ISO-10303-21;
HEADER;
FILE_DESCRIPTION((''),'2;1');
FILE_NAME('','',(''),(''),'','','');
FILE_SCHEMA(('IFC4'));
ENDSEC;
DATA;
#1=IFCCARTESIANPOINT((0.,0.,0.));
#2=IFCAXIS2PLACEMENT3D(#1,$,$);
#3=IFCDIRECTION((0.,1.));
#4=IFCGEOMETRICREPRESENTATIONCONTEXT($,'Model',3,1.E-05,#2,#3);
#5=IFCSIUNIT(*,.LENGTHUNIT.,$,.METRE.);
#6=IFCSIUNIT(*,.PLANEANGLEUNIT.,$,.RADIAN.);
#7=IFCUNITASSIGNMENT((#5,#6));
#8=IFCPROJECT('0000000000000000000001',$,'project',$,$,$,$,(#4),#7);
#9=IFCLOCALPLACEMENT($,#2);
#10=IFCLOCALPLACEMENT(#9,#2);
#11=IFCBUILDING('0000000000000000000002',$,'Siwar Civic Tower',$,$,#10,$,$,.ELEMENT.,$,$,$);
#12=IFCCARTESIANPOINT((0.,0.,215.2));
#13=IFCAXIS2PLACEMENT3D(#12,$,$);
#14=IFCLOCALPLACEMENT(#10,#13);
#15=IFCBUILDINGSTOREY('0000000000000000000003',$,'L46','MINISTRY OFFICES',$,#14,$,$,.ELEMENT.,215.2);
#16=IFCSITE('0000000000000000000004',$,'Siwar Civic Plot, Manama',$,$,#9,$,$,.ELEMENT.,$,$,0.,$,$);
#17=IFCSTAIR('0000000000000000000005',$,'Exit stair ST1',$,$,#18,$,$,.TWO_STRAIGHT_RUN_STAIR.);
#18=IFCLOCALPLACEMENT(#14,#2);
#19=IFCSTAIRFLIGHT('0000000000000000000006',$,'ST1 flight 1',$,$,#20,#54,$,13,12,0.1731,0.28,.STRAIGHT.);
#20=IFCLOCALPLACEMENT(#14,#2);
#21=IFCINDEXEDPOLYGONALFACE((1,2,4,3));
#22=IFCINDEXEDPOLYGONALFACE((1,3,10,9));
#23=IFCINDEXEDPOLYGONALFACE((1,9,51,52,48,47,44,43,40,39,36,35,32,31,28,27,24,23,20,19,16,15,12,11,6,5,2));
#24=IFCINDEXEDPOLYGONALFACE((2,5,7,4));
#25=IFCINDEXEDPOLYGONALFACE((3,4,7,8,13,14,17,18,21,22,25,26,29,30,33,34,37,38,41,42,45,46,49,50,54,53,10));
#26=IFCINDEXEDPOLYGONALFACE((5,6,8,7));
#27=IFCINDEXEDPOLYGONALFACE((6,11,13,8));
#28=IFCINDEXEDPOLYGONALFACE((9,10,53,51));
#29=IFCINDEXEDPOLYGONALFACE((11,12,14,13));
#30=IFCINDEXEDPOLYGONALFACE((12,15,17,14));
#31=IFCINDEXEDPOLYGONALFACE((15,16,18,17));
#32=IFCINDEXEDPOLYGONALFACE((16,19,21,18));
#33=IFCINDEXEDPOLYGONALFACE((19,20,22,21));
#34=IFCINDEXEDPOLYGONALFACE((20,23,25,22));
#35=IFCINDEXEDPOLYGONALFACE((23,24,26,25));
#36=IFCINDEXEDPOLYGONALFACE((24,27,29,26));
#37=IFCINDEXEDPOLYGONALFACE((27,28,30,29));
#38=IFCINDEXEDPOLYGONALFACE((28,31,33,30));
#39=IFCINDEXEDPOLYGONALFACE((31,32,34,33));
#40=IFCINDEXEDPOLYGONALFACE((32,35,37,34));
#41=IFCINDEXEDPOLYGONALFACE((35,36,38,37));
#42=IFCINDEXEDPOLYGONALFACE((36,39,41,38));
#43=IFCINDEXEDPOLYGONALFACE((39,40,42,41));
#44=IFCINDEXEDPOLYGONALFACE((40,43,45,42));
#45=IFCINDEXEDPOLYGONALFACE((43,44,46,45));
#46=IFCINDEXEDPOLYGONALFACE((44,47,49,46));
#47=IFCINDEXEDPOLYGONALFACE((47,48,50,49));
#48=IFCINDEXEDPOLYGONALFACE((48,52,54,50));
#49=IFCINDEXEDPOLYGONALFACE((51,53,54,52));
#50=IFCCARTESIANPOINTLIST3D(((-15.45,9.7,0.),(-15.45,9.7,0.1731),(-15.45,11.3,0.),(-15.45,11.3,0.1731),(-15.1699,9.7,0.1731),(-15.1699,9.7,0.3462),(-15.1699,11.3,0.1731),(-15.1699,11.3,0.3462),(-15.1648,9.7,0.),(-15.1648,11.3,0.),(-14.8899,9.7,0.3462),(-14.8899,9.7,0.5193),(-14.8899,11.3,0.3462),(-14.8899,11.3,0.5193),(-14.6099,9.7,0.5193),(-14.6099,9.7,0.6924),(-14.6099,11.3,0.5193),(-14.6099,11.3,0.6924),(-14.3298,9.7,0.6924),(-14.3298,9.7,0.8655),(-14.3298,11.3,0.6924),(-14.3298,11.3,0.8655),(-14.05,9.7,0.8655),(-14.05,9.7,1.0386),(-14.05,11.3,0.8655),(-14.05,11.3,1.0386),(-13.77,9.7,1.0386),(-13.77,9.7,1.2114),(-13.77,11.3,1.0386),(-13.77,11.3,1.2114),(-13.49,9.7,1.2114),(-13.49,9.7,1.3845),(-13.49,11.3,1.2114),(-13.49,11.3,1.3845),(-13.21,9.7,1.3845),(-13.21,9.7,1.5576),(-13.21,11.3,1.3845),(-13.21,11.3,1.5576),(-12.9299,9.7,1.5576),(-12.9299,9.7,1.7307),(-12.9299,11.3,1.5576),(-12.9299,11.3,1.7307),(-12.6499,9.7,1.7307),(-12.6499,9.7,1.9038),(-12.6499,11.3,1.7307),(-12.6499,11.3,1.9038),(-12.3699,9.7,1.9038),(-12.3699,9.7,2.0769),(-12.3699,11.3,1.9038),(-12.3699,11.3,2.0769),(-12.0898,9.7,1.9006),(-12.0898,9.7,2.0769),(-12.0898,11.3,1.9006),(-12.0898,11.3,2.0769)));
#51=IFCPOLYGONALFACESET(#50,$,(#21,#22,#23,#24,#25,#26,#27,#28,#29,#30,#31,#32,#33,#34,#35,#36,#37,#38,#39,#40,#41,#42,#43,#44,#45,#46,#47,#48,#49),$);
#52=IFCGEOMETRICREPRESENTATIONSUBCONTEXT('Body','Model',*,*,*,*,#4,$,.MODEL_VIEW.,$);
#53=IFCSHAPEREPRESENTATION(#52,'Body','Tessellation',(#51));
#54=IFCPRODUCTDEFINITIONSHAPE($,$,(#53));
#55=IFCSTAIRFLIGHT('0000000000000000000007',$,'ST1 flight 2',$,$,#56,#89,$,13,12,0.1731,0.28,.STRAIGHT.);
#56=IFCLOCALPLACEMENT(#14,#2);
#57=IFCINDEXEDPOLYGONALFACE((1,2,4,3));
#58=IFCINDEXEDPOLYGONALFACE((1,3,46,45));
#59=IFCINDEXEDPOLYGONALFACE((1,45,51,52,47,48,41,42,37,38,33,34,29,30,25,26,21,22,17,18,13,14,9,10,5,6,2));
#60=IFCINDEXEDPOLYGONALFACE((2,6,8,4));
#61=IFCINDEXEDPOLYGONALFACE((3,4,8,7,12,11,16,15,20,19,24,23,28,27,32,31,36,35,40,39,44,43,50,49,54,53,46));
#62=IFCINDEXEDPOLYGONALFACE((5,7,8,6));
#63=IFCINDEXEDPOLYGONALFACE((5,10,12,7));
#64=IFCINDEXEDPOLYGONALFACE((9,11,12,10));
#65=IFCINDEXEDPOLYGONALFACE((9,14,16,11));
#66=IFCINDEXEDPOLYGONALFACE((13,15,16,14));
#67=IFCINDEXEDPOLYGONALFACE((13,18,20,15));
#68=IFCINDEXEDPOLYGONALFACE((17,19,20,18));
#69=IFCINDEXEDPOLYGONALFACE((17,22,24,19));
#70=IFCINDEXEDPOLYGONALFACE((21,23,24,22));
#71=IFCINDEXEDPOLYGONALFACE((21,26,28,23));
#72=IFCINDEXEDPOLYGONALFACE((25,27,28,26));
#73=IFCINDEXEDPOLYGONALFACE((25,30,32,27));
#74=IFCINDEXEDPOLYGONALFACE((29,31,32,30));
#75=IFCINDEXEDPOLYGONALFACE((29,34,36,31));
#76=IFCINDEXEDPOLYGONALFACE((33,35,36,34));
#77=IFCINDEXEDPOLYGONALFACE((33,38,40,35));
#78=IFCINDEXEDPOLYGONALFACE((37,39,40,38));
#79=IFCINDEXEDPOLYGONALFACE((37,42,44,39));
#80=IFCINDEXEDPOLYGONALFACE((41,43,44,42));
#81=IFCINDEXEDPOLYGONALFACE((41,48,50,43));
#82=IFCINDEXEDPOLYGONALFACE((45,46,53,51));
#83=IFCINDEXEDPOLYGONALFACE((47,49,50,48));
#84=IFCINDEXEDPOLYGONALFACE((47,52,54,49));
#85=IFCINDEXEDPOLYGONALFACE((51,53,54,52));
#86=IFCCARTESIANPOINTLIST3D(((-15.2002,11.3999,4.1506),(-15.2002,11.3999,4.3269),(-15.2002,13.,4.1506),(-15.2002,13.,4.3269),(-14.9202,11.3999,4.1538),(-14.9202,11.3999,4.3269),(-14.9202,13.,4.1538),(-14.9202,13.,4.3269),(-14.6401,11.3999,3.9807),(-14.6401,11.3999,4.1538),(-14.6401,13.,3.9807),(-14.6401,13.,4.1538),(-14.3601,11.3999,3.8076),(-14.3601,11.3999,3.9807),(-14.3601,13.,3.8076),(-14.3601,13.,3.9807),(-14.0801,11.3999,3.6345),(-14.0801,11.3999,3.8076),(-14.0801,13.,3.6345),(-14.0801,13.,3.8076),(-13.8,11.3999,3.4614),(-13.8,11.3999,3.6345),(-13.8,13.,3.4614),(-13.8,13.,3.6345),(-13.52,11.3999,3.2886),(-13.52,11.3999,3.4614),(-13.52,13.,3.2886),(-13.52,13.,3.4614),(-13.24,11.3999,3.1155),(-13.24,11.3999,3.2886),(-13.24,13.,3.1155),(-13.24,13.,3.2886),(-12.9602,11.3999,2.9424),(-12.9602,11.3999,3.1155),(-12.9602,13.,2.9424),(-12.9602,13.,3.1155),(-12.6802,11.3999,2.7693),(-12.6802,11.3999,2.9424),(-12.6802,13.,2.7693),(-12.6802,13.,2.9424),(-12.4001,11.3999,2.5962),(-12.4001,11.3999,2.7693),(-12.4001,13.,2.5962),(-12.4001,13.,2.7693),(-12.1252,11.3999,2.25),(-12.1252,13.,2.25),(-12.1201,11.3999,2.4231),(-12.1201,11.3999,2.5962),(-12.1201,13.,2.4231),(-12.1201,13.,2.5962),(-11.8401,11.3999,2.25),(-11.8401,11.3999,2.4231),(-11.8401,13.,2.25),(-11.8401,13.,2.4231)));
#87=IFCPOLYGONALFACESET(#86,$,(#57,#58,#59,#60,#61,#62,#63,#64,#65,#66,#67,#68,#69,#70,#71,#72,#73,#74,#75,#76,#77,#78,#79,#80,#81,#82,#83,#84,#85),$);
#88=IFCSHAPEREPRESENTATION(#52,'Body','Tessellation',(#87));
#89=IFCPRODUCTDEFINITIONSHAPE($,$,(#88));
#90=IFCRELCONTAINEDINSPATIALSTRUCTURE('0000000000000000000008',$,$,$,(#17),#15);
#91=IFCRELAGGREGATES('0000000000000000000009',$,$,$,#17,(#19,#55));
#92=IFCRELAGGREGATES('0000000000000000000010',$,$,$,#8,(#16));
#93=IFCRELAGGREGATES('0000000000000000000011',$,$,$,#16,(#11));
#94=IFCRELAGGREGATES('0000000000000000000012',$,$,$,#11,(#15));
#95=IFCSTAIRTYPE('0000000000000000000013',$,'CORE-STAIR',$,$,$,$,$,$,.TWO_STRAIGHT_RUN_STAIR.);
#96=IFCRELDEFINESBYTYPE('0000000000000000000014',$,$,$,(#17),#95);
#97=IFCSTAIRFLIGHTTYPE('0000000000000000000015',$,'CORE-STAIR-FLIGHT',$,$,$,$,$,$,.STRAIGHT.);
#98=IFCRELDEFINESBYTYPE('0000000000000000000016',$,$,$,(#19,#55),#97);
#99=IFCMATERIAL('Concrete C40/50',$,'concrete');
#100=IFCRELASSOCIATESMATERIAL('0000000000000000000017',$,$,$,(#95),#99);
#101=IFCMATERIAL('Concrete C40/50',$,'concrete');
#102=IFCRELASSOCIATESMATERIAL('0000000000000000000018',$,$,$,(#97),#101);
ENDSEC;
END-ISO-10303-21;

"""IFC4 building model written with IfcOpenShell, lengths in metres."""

from ifc_helpers import new_model, si_unit, direction, frame, origin, place, context, subcontext, project, spatial, polyline, outline, extrude, material, type_object, element, aggregate, save


model = new_model("IFC4")

# Units and contexts
model_context = context("Model", 3, precision=1e-05, world=origin(), true_north=direction((0.0, 1.0)))
body_context = subcontext(model_context, "Body", "Model", "MODEL_VIEW")
ifc_project = project(units=[si_unit("LENGTHUNIT", "METRE"), si_unit("PLANEANGLEUNIT", "RADIAN")], contexts=[model_context])

# Site, building, storey
site_placement = place(None, origin())
site = spatial("IfcSite", under=ifc_project, at=site_placement, Name="Siwar Civic Plot, Manama", CompositionType="ELEMENT", RefElevation=0.0)
building_placement = place(site_placement, origin())
building = spatial("IfcBuilding", under=site, at=building_placement, Name="Siwar Civic Tower", CompositionType="ELEMENT")
storey_placement = place(building_placement, frame((0.0, 0.0, 215.2)))
storey = spatial("IfcBuildingStorey", under=building, at=storey_placement, Name="L46", Description="MINISTRY OFFICES", CompositionType="ELEMENT", Elevation=215.2)

# Stair, stair flights
ifc_material_1 = material(Name="Concrete C40/50", Category="concrete")
stair_type = type_object("IfcStairType", Name="CORE-STAIR", PredefinedType="TWO_STRAIGHT_RUN_STAIR", material=ifc_material_1)
stair_placement = place(storey_placement, origin())
stair = element("IfcStair", 1, at=stair_placement, inside=storey, type_object=stair_type, Name="Exit stair ST1", PredefinedType="TWO_STRAIGHT_RUN_STAIR")
ifc_material_2 = material(Name="Concrete C40/50", Category="concrete")
stair_flight_type = type_object("IfcStairFlightType", Name="CORE-STAIR-FLIGHT", PredefinedType="STRAIGHT", material=ifc_material_2)
stair_flight_1_placement = place(storey_placement, frame((-15.45, 10.5, 0.0), z_axis=(0.0, 0.0, 1.0), x_axis=(1.0, 0.0, 0.0)))
stair_flight_1 = element("IfcStairFlight", 2, at=stair_flight_1_placement, type_object=stair_flight_type, Name="ST1 flight 1", NumberOfRisers=13, NumberOfTreads=12, PredefinedType="STRAIGHT", RiserHeight=0.1731, TreadLength=0.28, context=body_context, shape_type="SweptSolid", body=[
    extrude(outline(polyline([(0.0, 0.0), (0.0, 0.1731), (0.28, 0.1731), (0.28, 0.3462), (0.5601, 0.3462), (0.5601, 0.5193), (0.8401, 0.5193), (0.8401, 0.6924), (1.1201, 0.6924), (1.1201, 0.8655), (1.3999, 0.8655), (1.3999, 1.0386), (1.6799, 1.0386), (1.6799, 1.2114), (1.96, 1.2114), (1.96, 1.3845), (2.24, 1.3845), (2.24, 1.5576), (2.52, 1.5576), (2.52, 1.7307), (2.8, 1.7307), (2.8, 1.9038), (3.0801, 1.9038), (3.0801, 2.0769), (3.3601, 2.0769), (3.3601, 2.25), (3.3601, 1.9006), (0.2852, 0.0), (0.0, 0.0)])), frame((0.0, 0.8, 0.0), z_axis=(0.0, -1.0, 0.0), x_axis=(1.0, 0.0, 0.0)), (0.0, 0.0, 1.0), 1.6001),
])
stair_flight_2_placement = place(storey_placement, frame((-11.8401, 12.2, 2.25), z_axis=(0.0, 0.0, 1.0), x_axis=(-1.0, 0.0, 0.0)))
stair_flight_2 = element("IfcStairFlight", 3, at=stair_flight_2_placement, type_object=stair_flight_type, Name="ST1 flight 2", NumberOfRisers=13, NumberOfTreads=12, PredefinedType="STRAIGHT", RiserHeight=0.1731, TreadLength=0.28, context=body_context, shape_type="SweptSolid", body=[
    extrude(outline(polyline([(0.0, 0.0), (0.0, 0.1731), (0.28, 0.1731), (0.28, 0.3462), (0.5601, 0.3462), (0.5601, 0.5193), (0.8401, 0.5193), (0.8401, 0.6924), (1.1201, 0.6924), (1.1201, 0.8655), (1.3999, 0.8655), (1.3999, 1.0386), (1.6799, 1.0386), (1.6799, 1.2114), (1.96, 1.2114), (1.96, 1.3845), (2.24, 1.3845), (2.24, 1.5576), (2.52, 1.5576), (2.52, 1.7307), (2.8, 1.7307), (2.8, 1.9038), (3.0801, 1.9038), (3.0801, 2.0769), (3.3601, 2.0769), (3.3601, 2.25), (3.3601, 1.9006), (0.2852, 0.0), (0.0, 0.0)])), frame((0.0, 0.8, 0.0), z_axis=(0.0, -1.0, 0.0), x_axis=(1.0, 0.0, 0.0)), (0.0, 0.0, 1.0), 1.6001),
])
aggregate(stair, [stair_flight_1, stair_flight_2])

save(model, "model.ifc")
